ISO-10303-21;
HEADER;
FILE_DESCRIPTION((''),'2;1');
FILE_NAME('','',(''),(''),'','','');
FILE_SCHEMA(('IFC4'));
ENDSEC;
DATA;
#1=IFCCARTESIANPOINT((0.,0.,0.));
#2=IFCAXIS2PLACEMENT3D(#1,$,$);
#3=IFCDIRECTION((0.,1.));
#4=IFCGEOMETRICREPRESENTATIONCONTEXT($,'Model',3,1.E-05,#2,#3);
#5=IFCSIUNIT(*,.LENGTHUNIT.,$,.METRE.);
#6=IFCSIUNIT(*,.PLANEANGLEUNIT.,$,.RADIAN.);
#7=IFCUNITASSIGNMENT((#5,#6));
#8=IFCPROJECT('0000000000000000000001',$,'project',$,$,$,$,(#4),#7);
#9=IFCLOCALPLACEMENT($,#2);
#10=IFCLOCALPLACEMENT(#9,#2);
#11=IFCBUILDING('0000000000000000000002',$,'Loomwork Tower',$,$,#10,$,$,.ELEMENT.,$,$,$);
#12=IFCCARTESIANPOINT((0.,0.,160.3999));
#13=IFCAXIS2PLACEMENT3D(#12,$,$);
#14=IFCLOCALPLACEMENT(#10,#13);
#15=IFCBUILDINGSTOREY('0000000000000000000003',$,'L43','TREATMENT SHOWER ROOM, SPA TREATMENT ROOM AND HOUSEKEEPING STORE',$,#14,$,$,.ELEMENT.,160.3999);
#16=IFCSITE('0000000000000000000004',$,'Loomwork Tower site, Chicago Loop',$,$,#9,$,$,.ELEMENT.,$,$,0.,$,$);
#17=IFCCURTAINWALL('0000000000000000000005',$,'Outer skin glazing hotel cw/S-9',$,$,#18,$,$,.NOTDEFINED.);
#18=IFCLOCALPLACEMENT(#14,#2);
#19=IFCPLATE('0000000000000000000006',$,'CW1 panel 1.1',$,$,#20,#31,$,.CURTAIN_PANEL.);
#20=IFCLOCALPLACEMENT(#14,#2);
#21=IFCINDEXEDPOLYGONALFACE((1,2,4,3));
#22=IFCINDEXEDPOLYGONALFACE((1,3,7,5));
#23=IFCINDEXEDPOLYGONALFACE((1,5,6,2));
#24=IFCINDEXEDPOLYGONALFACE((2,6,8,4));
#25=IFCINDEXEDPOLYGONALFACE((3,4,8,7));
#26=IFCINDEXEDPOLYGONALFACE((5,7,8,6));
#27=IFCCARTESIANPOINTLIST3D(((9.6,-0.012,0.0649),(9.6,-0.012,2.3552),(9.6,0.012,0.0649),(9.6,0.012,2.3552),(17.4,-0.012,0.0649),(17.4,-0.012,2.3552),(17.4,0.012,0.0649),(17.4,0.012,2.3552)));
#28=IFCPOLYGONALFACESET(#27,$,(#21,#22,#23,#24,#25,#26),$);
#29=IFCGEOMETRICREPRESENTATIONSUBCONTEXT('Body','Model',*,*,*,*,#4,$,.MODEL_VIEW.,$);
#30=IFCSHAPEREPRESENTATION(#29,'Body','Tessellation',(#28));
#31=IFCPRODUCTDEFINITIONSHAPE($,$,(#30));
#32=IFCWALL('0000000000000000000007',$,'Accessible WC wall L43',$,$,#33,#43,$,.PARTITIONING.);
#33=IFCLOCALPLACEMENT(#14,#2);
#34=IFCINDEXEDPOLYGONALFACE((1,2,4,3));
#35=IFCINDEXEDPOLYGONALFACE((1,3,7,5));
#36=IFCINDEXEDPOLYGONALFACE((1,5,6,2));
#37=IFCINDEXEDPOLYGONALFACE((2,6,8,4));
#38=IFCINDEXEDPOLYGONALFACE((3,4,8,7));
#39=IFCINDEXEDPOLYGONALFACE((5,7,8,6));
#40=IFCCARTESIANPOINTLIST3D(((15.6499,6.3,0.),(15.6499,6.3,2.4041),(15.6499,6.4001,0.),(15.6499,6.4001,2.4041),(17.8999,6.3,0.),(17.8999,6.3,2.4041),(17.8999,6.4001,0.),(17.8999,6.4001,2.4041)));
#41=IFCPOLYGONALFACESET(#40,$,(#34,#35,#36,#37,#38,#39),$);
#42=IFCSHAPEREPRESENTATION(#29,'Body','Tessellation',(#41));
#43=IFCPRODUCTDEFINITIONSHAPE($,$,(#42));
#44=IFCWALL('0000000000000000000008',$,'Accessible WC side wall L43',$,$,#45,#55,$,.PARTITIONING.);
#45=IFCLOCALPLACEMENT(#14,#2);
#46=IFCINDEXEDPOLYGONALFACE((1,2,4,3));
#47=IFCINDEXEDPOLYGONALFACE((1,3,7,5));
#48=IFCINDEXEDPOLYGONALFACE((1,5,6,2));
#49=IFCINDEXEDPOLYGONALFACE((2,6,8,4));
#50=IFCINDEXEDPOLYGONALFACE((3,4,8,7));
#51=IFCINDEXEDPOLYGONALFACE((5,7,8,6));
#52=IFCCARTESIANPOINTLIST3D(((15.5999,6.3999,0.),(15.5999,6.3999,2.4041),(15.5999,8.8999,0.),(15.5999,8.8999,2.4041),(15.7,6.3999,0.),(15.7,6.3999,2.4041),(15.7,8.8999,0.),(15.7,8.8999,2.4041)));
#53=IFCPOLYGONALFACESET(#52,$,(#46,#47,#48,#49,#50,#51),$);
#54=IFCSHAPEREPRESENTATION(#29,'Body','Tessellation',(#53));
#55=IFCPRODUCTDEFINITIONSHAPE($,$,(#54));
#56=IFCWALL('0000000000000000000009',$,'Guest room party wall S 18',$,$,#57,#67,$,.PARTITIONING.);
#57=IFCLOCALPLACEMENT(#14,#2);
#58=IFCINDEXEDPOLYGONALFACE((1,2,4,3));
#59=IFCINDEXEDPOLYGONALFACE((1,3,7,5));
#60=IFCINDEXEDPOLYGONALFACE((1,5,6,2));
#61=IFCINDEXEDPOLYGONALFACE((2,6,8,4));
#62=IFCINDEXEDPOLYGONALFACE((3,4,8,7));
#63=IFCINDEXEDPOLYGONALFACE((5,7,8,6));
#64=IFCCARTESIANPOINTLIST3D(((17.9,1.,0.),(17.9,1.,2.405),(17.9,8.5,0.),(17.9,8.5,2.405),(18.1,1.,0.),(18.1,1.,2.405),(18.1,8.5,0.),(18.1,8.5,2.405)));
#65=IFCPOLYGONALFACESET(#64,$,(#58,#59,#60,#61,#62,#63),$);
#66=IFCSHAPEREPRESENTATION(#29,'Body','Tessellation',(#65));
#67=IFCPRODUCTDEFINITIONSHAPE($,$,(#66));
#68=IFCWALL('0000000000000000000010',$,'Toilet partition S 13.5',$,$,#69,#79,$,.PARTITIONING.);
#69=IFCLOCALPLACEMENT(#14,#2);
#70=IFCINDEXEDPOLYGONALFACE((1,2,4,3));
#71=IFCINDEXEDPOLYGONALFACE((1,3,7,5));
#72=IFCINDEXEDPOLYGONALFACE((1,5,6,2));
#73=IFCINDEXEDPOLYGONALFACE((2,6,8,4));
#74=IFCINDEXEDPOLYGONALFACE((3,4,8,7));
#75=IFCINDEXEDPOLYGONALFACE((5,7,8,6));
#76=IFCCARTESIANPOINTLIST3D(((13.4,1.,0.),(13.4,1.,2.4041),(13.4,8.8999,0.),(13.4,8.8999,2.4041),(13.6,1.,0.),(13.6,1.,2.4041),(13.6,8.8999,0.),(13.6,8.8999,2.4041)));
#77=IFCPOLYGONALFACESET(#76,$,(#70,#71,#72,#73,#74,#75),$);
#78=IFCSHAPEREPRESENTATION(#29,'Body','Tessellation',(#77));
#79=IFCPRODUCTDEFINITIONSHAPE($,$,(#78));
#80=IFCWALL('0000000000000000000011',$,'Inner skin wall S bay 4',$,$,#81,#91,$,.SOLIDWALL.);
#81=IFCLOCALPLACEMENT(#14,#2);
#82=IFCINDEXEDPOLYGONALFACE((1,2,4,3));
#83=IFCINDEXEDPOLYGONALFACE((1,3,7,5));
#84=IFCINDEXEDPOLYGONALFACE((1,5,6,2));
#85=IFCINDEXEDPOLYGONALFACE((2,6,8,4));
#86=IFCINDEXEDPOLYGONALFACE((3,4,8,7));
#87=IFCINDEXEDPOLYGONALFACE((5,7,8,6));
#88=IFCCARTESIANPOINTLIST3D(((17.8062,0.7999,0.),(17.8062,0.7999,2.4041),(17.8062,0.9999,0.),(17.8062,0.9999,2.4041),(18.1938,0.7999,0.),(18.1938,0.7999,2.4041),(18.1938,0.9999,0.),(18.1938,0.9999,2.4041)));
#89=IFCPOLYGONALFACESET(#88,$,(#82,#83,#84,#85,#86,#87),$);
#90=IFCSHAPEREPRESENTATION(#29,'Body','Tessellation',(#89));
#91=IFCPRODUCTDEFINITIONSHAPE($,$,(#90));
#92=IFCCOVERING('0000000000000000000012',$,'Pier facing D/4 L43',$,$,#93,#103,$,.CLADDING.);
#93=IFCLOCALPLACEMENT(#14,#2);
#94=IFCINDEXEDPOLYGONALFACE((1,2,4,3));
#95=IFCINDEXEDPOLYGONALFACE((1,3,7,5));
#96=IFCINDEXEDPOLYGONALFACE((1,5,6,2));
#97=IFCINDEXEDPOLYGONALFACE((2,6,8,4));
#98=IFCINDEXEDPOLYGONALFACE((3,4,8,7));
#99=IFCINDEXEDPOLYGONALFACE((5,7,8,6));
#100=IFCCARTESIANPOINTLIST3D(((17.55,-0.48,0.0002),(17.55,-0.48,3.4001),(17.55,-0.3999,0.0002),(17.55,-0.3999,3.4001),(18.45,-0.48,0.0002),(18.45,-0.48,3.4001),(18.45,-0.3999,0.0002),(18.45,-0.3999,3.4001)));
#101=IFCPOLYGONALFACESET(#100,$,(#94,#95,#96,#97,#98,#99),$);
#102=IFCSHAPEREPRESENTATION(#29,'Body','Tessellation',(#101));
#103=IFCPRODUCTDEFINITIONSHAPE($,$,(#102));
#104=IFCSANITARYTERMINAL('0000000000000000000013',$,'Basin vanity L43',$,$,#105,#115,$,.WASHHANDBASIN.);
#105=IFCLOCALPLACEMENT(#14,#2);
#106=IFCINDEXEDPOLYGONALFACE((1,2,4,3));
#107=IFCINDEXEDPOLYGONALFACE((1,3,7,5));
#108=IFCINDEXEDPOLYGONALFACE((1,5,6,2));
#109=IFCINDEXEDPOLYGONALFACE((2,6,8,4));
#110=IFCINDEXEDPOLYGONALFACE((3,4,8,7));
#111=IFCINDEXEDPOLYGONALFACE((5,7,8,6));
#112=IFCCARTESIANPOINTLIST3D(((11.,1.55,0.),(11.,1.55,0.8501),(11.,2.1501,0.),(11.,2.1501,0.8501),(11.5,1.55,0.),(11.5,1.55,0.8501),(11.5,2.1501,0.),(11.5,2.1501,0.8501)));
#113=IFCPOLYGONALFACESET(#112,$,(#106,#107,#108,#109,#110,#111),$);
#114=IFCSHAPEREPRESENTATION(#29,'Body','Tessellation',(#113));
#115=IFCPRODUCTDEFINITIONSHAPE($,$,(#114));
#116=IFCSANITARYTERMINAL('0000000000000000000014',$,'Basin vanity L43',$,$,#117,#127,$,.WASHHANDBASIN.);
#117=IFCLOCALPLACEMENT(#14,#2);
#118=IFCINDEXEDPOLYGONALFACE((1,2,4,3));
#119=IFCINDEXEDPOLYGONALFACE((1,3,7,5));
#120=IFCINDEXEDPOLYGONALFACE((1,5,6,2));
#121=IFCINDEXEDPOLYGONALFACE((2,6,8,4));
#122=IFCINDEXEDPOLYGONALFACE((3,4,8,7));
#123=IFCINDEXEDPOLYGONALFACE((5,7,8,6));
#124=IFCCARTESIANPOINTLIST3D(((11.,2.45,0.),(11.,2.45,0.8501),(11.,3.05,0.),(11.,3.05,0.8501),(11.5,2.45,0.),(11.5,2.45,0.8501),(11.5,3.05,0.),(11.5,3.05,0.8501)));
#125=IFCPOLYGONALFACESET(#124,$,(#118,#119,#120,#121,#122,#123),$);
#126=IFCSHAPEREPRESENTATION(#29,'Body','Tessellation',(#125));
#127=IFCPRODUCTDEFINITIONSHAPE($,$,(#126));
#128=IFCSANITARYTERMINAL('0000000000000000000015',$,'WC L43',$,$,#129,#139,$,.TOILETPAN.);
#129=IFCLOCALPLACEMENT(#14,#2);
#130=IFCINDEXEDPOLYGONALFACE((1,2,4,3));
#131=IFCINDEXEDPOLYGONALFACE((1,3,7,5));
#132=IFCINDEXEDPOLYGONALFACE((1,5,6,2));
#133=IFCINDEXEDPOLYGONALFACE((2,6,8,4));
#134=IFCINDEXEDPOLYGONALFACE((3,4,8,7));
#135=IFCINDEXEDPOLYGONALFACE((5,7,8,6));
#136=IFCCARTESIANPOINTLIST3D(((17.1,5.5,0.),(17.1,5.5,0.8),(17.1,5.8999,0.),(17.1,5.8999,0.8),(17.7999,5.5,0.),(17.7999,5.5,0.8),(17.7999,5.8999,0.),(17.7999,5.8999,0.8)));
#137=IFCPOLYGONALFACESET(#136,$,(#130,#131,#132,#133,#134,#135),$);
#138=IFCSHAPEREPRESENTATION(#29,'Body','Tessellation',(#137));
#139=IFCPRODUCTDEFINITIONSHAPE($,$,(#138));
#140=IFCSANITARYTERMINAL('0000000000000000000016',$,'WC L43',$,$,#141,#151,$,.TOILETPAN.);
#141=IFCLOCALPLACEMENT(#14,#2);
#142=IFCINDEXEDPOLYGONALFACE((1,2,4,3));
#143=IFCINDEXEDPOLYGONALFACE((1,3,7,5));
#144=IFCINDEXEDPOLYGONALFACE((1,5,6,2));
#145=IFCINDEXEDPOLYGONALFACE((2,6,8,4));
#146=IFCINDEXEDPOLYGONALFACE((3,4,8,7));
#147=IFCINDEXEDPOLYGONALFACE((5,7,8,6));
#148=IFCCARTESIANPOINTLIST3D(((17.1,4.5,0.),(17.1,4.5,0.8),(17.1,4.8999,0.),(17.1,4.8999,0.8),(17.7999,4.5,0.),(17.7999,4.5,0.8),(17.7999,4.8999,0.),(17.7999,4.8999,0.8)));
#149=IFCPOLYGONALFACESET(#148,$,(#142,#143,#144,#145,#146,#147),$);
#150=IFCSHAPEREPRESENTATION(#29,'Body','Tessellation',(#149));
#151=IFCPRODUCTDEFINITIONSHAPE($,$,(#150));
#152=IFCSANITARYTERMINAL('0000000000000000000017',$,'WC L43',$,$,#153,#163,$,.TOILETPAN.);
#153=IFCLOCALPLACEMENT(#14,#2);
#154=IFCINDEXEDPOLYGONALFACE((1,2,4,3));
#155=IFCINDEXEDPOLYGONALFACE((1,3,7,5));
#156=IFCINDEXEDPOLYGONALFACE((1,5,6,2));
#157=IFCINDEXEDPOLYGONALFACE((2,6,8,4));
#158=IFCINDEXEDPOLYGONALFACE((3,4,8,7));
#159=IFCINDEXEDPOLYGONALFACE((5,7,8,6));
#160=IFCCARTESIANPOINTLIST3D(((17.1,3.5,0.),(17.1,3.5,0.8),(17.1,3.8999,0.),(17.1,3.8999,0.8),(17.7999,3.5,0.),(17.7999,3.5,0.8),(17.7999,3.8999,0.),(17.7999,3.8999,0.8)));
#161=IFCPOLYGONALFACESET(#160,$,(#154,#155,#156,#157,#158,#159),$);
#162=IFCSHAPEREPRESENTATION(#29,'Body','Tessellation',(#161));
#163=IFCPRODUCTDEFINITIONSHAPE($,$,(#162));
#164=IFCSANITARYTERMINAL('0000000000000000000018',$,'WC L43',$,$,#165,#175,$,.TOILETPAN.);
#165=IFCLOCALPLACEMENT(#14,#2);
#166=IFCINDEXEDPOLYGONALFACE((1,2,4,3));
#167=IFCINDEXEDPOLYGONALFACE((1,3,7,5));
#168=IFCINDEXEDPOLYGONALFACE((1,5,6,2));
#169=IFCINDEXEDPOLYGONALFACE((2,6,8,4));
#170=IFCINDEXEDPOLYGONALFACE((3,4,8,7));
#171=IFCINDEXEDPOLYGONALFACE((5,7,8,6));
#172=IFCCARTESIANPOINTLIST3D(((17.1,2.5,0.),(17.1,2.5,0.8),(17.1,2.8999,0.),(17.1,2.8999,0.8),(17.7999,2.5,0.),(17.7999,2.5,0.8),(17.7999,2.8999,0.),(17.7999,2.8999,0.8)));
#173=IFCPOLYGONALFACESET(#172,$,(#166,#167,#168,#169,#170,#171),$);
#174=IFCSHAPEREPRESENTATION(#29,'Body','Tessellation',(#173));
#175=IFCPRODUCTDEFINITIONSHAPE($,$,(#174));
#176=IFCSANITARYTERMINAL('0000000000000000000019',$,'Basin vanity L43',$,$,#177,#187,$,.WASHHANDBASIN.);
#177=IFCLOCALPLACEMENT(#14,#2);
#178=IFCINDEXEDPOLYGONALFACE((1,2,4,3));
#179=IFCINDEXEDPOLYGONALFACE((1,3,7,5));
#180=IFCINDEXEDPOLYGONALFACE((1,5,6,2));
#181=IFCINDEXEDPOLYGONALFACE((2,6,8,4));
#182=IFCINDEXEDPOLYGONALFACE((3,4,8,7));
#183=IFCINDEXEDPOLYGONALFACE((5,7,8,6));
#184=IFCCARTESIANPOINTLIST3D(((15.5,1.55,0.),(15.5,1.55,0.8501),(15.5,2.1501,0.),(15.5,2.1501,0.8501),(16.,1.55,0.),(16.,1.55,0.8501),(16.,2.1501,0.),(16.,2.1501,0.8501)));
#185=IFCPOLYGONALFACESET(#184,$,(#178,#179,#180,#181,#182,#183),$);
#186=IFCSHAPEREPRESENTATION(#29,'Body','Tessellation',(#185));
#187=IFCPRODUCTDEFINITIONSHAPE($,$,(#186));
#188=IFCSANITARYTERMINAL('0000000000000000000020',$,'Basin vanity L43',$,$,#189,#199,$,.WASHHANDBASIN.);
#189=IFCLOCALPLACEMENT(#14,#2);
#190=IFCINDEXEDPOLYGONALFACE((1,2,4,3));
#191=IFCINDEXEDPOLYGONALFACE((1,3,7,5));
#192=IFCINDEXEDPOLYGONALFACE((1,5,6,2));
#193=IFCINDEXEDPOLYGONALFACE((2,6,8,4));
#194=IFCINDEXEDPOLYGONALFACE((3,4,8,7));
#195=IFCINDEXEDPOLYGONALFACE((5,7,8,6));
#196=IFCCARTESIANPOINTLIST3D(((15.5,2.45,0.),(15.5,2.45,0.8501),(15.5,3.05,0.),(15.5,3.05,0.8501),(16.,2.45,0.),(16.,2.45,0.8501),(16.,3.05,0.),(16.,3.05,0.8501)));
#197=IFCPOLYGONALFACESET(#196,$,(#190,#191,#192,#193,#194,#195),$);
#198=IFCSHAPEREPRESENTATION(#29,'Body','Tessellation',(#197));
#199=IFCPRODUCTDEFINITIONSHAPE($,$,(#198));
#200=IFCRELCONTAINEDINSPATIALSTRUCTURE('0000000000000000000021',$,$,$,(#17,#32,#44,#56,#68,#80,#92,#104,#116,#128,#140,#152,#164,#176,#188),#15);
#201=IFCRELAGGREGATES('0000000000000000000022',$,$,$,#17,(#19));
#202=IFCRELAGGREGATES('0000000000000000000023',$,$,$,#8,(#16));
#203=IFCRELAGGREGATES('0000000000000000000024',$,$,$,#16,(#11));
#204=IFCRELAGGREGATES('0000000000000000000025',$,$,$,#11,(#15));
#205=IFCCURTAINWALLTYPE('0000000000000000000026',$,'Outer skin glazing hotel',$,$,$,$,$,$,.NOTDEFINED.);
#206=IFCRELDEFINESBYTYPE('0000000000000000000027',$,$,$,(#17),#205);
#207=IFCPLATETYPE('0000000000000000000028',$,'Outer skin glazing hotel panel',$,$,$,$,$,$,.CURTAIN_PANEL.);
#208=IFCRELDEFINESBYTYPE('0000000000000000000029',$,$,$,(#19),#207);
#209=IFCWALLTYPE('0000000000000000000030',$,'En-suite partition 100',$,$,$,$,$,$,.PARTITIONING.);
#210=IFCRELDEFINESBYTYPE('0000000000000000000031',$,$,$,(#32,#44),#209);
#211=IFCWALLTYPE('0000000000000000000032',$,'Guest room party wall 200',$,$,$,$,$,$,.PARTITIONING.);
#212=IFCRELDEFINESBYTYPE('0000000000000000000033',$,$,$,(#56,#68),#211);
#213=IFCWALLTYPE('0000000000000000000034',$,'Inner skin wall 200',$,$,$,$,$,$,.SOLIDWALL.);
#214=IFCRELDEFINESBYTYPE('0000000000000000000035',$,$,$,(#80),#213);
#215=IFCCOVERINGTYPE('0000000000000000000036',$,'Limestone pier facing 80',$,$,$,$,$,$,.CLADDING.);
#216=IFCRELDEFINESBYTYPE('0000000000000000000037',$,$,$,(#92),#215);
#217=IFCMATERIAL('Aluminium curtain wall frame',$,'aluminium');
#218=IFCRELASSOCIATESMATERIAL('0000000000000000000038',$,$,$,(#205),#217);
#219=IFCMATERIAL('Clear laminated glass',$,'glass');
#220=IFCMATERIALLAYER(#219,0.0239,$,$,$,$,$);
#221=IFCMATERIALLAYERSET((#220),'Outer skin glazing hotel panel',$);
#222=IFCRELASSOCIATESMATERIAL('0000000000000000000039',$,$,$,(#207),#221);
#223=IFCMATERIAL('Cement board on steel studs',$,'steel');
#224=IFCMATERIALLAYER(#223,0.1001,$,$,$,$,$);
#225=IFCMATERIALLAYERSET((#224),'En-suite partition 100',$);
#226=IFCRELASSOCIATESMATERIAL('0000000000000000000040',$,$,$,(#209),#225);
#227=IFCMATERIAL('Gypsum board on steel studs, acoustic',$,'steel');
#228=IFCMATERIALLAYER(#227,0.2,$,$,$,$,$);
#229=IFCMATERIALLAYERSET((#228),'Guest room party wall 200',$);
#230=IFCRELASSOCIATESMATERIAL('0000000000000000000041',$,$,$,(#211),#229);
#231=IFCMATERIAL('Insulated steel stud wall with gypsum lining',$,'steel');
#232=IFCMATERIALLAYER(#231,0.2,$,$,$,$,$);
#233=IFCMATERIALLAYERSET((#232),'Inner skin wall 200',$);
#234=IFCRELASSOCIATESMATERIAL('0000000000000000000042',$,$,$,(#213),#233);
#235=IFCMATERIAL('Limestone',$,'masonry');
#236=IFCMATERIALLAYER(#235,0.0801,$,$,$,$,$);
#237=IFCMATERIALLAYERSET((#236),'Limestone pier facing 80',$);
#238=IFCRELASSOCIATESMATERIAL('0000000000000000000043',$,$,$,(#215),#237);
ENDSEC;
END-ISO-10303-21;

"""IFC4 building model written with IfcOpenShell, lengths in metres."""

from ifc_helpers import new_model, si_unit, direction, frame, frame_2d, origin, origin_2d, place, context, subcontext, project, spatial, rectangle, extrude, material, layer, layer_set, type_object, element, aggregate, save


model = new_model("IFC4")

# Units and contexts
model_context = context("Model", 3, precision=1e-05, world=origin(), true_north=direction((0.0, 1.0)))
body_context = subcontext(model_context, "Body", "Model", "MODEL_VIEW")
ifc_project = project(units=[si_unit("LENGTHUNIT", "METRE"), si_unit("PLANEANGLEUNIT", "RADIAN")], contexts=[model_context])

# Site, building, storey
site_placement = place(None, origin())
site = spatial("IfcSite", under=ifc_project, at=site_placement, Name="Loomwork Tower site, Chicago Loop", CompositionType="ELEMENT", RefElevation=0.0)
building_placement = place(site_placement, origin())
building = spatial("IfcBuilding", under=site, at=building_placement, Name="Loomwork Tower", CompositionType="ELEMENT")
storey_placement = place(building_placement, frame((0.0, 0.0, 160.3999)))
storey = spatial("IfcBuildingStorey", under=building, at=storey_placement, Name="L43", Description="TREATMENT SHOWER ROOM, SPA TREATMENT ROOM AND HOUSEKEEPING STORE", CompositionType="ELEMENT", Elevation=160.3999)

# Curtain wall, plate
ifc_material_1 = material(Name="Aluminium curtain wall frame", Category="aluminium")
curtain_wall_type = type_object("IfcCurtainWallType", Name="Outer skin glazing hotel", PredefinedType="NOTDEFINED", material=ifc_material_1)
curtain_wall_placement = place(storey_placement, origin())
curtain_wall = element("IfcCurtainWall", 1, at=curtain_wall_placement, inside=storey, type_object=curtain_wall_type, Name="Outer skin glazing hotel cw/S-9", PredefinedType="NOTDEFINED")
ifc_material_2 = material(Name="Clear laminated glass", Category="glass")
ifc_layer_1 = layer(ifc_material_2, 0.0239)
ifc_layer_set_1 = layer_set([ifc_layer_1], Name="Outer skin glazing hotel panel")
plate_type = type_object("IfcPlateType", Name="Outer skin glazing hotel panel", PredefinedType="CURTAIN_PANEL", material=ifc_layer_set_1)
plate_placement = place(storey_placement, frame((13.5, 0.0, 0.0649), z_axis=(0.0, 0.0, 1.0), x_axis=(1.0, 0.0, 0.0)))
plate = element("IfcPlate", 2, at=plate_placement, type_object=plate_type, Name="CW1 panel 1.1", PredefinedType="CURTAIN_PANEL", context=body_context, shape_type="SweptSolid", body=[
    extrude(rectangle(XDim=7.8, YDim=0.0239, at=origin_2d()), origin(), (0.0, 0.0, 1.0), 2.2903),
])
aggregate(curtain_wall, [plate])

# Walls
ifc_material_3 = material(Name="Cement board on steel studs", Category="steel")
ifc_layer_2 = layer(ifc_material_3, 0.1001)
ifc_layer_set_2 = layer_set([ifc_layer_2], Name="En-suite partition 100")
wall_type_1 = type_object("IfcWallType", Name="En-suite partition 100", PredefinedType="PARTITIONING", material=ifc_layer_set_2)
wall_1_placement = place(storey_placement, frame((15.6499, 6.3501, 0.0), z_axis=(0.0, 0.0, 1.0), x_axis=(1.0, 0.0, 0.0)))
element("IfcWall", 3, at=wall_1_placement, inside=storey, type_object=wall_type_1, Name="Accessible WC wall L43", PredefinedType="PARTITIONING", context=body_context, shape_type="SweptSolid", body=[
    extrude(rectangle(XDim=2.25, YDim=0.1001, at=frame_2d((1.125, 0.0))), origin(), (0.0, 0.0, 1.0), 2.4041),
])
wall_2_placement = place(storey_placement, frame((15.6499, 8.8999, 0.0), z_axis=(0.0, 0.0, 1.0), x_axis=(0.0, -1.0, 0.0)))
element("IfcWall", 4, at=wall_2_placement, inside=storey, type_object=wall_type_1, Name="Accessible WC side wall L43", PredefinedType="PARTITIONING", context=body_context, shape_type="SweptSolid", body=[
    extrude(rectangle(XDim=2.5, YDim=0.1001, at=frame_2d((1.25, 0.0))), origin(), (0.0, 0.0, 1.0), 2.4041),
])
ifc_material_4 = material(Name="Gypsum board on steel studs, acoustic", Category="steel")
ifc_layer_3 = layer(ifc_material_4, 0.2)
ifc_layer_set_3 = layer_set([ifc_layer_3], Name="Guest room party wall 200")
wall_type_2 = type_object("IfcWallType", Name="Guest room party wall 200", PredefinedType="PARTITIONING", material=ifc_layer_set_3)
wall_3_placement = place(storey_placement, frame((18.0, 8.5, 0.0), z_axis=(0.0, 0.0, 1.0), x_axis=(0.0, -1.0, 0.0)))
element("IfcWall", 5, at=wall_3_placement, inside=storey, type_object=wall_type_2, Name="Guest room party wall S 18", PredefinedType="PARTITIONING", context=body_context, shape_type="SweptSolid", body=[
    extrude(rectangle(XDim=7.5, YDim=0.2, at=frame_2d((3.75, 0.0))), origin(), (0.0, 0.0, 1.0), 2.405),
])
wall_4_placement = place(storey_placement, frame((13.5, 8.8999, 0.0), z_axis=(0.0, 0.0, 1.0), x_axis=(0.0, -1.0, 0.0)))
element("IfcWall", 6, at=wall_4_placement, inside=storey, type_object=wall_type_2, Name="Toilet partition S 13.5", PredefinedType="PARTITIONING", context=body_context, shape_type="SweptSolid", body=[
    extrude(rectangle(XDim=7.8999, YDim=0.2, at=frame_2d((3.95, 0.0))), origin(), (0.0, 0.0, 1.0), 2.4041),
])
ifc_material_5 = material(Name="Insulated steel stud wall with gypsum lining", Category="steel")
ifc_layer_4 = layer(ifc_material_5, 0.2)
ifc_layer_set_4 = layer_set([ifc_layer_4], Name="Inner skin wall 200")
wall_type_3 = type_object("IfcWallType", Name="Inner skin wall 200", PredefinedType="SOLIDWALL", material=ifc_layer_set_4)
wall_5_placement = place(storey_placement, frame((17.8062, 0.8999, 0.0), z_axis=(0.0, 0.0, 1.0), x_axis=(1.0, 0.0, 0.0)))
element("IfcWall", 7, at=wall_5_placement, inside=storey, type_object=wall_type_3, Name="Inner skin wall S bay 4", PredefinedType="SOLIDWALL", context=body_context, shape_type="SweptSolid", body=[
    extrude(rectangle(XDim=0.3877, YDim=0.2, at=frame_2d((0.1938, 0.0))), origin(), (0.0, 0.0, 1.0), 2.4041),
])

# Covering
ifc_material_6 = material(Name="Limestone", Category="masonry")
ifc_layer_5 = layer(ifc_material_6, 0.0801)
ifc_layer_set_5 = layer_set([ifc_layer_5], Name="Limestone pier facing 80")
covering_type = type_object("IfcCoveringType", Name="Limestone pier facing 80", PredefinedType="CLADDING", material=ifc_layer_set_5)
covering_placement = place(storey_placement, frame((18.0, -0.4399, 0.0002), z_axis=(0.0, 0.0, 1.0), x_axis=(1.0, 0.0, 0.0)))
element("IfcCovering", 8, at=covering_placement, inside=storey, type_object=covering_type, Name="Pier facing D/4 L43", PredefinedType="CLADDING", context=body_context, shape_type="SweptSolid", body=[
    extrude(rectangle(XDim=0.8999, YDim=0.0801, at=origin_2d()), origin(), (0.0, 0.0, 1.0), 3.3999),
])

# Sanitary terminals
for number, where, z_axis, x_axis, name in (
    (9, (11.25, 1.8501, 0.0), (0.0, 0.0, 1.0), (1.0, 0.0, 0.0), "Basin vanity L43"),
    (10, (11.25, 2.75, 0.0), (0.0, 0.0, 1.0), (1.0, 0.0, 0.0), "Basin vanity L43"),
):
    element("IfcSanitaryTerminal", number, at=place(storey_placement, frame(where, z_axis=z_axis, x_axis=x_axis)), inside=storey, Name=name, PredefinedType="WASHHANDBASIN", context=body_context, shape_type="SweptSolid", body=[
        extrude(rectangle(XDim=0.5, YDim=0.6001, at=origin_2d()), origin(), (0.0, 0.0, 1.0), 0.8501),
    ])
for number, where, z_axis, x_axis, name in (
    (11, (17.45, 5.7, 0.0), (0.0, 0.0, 1.0), (1.0, 0.0, 0.0), "WC L43"),
    (12, (17.45, 4.7, 0.0), (0.0, 0.0, 1.0), (1.0, 0.0, 0.0), "WC L43"),
    (13, (17.45, 3.7, 0.0), (0.0, 0.0, 1.0), (1.0, 0.0, 0.0), "WC L43"),
    (14, (17.45, 2.7, 0.0), (0.0, 0.0, 1.0), (1.0, 0.0, 0.0), "WC L43"),
):
    element("IfcSanitaryTerminal", number, at=place(storey_placement, frame(where, z_axis=z_axis, x_axis=x_axis)), inside=storey, Name=name, PredefinedType="TOILETPAN", context=body_context, shape_type="SweptSolid", body=[
        extrude(rectangle(XDim=0.7, YDim=0.3999, at=origin_2d()), origin(), (0.0, 0.0, 1.0), 0.8),
    ])
for number, where, z_axis, x_axis, name in (
    (15, (15.75, 1.8501, 0.0), (0.0, 0.0, 1.0), (1.0, 0.0, 0.0), "Basin vanity L43"),
    (16, (15.75, 2.75, 0.0), (0.0, 0.0, 1.0), (1.0, 0.0, 0.0), "Basin vanity L43"),
):
    element("IfcSanitaryTerminal", number, at=place(storey_placement, frame(where, z_axis=z_axis, x_axis=x_axis)), inside=storey, Name=name, PredefinedType="WASHHANDBASIN", context=body_context, shape_type="SweptSolid", body=[
        extrude(rectangle(XDim=0.5, YDim=0.6001, at=origin_2d()), origin(), (0.0, 0.0, 1.0), 0.8501),
    ])

save(model, "model.ifc")
